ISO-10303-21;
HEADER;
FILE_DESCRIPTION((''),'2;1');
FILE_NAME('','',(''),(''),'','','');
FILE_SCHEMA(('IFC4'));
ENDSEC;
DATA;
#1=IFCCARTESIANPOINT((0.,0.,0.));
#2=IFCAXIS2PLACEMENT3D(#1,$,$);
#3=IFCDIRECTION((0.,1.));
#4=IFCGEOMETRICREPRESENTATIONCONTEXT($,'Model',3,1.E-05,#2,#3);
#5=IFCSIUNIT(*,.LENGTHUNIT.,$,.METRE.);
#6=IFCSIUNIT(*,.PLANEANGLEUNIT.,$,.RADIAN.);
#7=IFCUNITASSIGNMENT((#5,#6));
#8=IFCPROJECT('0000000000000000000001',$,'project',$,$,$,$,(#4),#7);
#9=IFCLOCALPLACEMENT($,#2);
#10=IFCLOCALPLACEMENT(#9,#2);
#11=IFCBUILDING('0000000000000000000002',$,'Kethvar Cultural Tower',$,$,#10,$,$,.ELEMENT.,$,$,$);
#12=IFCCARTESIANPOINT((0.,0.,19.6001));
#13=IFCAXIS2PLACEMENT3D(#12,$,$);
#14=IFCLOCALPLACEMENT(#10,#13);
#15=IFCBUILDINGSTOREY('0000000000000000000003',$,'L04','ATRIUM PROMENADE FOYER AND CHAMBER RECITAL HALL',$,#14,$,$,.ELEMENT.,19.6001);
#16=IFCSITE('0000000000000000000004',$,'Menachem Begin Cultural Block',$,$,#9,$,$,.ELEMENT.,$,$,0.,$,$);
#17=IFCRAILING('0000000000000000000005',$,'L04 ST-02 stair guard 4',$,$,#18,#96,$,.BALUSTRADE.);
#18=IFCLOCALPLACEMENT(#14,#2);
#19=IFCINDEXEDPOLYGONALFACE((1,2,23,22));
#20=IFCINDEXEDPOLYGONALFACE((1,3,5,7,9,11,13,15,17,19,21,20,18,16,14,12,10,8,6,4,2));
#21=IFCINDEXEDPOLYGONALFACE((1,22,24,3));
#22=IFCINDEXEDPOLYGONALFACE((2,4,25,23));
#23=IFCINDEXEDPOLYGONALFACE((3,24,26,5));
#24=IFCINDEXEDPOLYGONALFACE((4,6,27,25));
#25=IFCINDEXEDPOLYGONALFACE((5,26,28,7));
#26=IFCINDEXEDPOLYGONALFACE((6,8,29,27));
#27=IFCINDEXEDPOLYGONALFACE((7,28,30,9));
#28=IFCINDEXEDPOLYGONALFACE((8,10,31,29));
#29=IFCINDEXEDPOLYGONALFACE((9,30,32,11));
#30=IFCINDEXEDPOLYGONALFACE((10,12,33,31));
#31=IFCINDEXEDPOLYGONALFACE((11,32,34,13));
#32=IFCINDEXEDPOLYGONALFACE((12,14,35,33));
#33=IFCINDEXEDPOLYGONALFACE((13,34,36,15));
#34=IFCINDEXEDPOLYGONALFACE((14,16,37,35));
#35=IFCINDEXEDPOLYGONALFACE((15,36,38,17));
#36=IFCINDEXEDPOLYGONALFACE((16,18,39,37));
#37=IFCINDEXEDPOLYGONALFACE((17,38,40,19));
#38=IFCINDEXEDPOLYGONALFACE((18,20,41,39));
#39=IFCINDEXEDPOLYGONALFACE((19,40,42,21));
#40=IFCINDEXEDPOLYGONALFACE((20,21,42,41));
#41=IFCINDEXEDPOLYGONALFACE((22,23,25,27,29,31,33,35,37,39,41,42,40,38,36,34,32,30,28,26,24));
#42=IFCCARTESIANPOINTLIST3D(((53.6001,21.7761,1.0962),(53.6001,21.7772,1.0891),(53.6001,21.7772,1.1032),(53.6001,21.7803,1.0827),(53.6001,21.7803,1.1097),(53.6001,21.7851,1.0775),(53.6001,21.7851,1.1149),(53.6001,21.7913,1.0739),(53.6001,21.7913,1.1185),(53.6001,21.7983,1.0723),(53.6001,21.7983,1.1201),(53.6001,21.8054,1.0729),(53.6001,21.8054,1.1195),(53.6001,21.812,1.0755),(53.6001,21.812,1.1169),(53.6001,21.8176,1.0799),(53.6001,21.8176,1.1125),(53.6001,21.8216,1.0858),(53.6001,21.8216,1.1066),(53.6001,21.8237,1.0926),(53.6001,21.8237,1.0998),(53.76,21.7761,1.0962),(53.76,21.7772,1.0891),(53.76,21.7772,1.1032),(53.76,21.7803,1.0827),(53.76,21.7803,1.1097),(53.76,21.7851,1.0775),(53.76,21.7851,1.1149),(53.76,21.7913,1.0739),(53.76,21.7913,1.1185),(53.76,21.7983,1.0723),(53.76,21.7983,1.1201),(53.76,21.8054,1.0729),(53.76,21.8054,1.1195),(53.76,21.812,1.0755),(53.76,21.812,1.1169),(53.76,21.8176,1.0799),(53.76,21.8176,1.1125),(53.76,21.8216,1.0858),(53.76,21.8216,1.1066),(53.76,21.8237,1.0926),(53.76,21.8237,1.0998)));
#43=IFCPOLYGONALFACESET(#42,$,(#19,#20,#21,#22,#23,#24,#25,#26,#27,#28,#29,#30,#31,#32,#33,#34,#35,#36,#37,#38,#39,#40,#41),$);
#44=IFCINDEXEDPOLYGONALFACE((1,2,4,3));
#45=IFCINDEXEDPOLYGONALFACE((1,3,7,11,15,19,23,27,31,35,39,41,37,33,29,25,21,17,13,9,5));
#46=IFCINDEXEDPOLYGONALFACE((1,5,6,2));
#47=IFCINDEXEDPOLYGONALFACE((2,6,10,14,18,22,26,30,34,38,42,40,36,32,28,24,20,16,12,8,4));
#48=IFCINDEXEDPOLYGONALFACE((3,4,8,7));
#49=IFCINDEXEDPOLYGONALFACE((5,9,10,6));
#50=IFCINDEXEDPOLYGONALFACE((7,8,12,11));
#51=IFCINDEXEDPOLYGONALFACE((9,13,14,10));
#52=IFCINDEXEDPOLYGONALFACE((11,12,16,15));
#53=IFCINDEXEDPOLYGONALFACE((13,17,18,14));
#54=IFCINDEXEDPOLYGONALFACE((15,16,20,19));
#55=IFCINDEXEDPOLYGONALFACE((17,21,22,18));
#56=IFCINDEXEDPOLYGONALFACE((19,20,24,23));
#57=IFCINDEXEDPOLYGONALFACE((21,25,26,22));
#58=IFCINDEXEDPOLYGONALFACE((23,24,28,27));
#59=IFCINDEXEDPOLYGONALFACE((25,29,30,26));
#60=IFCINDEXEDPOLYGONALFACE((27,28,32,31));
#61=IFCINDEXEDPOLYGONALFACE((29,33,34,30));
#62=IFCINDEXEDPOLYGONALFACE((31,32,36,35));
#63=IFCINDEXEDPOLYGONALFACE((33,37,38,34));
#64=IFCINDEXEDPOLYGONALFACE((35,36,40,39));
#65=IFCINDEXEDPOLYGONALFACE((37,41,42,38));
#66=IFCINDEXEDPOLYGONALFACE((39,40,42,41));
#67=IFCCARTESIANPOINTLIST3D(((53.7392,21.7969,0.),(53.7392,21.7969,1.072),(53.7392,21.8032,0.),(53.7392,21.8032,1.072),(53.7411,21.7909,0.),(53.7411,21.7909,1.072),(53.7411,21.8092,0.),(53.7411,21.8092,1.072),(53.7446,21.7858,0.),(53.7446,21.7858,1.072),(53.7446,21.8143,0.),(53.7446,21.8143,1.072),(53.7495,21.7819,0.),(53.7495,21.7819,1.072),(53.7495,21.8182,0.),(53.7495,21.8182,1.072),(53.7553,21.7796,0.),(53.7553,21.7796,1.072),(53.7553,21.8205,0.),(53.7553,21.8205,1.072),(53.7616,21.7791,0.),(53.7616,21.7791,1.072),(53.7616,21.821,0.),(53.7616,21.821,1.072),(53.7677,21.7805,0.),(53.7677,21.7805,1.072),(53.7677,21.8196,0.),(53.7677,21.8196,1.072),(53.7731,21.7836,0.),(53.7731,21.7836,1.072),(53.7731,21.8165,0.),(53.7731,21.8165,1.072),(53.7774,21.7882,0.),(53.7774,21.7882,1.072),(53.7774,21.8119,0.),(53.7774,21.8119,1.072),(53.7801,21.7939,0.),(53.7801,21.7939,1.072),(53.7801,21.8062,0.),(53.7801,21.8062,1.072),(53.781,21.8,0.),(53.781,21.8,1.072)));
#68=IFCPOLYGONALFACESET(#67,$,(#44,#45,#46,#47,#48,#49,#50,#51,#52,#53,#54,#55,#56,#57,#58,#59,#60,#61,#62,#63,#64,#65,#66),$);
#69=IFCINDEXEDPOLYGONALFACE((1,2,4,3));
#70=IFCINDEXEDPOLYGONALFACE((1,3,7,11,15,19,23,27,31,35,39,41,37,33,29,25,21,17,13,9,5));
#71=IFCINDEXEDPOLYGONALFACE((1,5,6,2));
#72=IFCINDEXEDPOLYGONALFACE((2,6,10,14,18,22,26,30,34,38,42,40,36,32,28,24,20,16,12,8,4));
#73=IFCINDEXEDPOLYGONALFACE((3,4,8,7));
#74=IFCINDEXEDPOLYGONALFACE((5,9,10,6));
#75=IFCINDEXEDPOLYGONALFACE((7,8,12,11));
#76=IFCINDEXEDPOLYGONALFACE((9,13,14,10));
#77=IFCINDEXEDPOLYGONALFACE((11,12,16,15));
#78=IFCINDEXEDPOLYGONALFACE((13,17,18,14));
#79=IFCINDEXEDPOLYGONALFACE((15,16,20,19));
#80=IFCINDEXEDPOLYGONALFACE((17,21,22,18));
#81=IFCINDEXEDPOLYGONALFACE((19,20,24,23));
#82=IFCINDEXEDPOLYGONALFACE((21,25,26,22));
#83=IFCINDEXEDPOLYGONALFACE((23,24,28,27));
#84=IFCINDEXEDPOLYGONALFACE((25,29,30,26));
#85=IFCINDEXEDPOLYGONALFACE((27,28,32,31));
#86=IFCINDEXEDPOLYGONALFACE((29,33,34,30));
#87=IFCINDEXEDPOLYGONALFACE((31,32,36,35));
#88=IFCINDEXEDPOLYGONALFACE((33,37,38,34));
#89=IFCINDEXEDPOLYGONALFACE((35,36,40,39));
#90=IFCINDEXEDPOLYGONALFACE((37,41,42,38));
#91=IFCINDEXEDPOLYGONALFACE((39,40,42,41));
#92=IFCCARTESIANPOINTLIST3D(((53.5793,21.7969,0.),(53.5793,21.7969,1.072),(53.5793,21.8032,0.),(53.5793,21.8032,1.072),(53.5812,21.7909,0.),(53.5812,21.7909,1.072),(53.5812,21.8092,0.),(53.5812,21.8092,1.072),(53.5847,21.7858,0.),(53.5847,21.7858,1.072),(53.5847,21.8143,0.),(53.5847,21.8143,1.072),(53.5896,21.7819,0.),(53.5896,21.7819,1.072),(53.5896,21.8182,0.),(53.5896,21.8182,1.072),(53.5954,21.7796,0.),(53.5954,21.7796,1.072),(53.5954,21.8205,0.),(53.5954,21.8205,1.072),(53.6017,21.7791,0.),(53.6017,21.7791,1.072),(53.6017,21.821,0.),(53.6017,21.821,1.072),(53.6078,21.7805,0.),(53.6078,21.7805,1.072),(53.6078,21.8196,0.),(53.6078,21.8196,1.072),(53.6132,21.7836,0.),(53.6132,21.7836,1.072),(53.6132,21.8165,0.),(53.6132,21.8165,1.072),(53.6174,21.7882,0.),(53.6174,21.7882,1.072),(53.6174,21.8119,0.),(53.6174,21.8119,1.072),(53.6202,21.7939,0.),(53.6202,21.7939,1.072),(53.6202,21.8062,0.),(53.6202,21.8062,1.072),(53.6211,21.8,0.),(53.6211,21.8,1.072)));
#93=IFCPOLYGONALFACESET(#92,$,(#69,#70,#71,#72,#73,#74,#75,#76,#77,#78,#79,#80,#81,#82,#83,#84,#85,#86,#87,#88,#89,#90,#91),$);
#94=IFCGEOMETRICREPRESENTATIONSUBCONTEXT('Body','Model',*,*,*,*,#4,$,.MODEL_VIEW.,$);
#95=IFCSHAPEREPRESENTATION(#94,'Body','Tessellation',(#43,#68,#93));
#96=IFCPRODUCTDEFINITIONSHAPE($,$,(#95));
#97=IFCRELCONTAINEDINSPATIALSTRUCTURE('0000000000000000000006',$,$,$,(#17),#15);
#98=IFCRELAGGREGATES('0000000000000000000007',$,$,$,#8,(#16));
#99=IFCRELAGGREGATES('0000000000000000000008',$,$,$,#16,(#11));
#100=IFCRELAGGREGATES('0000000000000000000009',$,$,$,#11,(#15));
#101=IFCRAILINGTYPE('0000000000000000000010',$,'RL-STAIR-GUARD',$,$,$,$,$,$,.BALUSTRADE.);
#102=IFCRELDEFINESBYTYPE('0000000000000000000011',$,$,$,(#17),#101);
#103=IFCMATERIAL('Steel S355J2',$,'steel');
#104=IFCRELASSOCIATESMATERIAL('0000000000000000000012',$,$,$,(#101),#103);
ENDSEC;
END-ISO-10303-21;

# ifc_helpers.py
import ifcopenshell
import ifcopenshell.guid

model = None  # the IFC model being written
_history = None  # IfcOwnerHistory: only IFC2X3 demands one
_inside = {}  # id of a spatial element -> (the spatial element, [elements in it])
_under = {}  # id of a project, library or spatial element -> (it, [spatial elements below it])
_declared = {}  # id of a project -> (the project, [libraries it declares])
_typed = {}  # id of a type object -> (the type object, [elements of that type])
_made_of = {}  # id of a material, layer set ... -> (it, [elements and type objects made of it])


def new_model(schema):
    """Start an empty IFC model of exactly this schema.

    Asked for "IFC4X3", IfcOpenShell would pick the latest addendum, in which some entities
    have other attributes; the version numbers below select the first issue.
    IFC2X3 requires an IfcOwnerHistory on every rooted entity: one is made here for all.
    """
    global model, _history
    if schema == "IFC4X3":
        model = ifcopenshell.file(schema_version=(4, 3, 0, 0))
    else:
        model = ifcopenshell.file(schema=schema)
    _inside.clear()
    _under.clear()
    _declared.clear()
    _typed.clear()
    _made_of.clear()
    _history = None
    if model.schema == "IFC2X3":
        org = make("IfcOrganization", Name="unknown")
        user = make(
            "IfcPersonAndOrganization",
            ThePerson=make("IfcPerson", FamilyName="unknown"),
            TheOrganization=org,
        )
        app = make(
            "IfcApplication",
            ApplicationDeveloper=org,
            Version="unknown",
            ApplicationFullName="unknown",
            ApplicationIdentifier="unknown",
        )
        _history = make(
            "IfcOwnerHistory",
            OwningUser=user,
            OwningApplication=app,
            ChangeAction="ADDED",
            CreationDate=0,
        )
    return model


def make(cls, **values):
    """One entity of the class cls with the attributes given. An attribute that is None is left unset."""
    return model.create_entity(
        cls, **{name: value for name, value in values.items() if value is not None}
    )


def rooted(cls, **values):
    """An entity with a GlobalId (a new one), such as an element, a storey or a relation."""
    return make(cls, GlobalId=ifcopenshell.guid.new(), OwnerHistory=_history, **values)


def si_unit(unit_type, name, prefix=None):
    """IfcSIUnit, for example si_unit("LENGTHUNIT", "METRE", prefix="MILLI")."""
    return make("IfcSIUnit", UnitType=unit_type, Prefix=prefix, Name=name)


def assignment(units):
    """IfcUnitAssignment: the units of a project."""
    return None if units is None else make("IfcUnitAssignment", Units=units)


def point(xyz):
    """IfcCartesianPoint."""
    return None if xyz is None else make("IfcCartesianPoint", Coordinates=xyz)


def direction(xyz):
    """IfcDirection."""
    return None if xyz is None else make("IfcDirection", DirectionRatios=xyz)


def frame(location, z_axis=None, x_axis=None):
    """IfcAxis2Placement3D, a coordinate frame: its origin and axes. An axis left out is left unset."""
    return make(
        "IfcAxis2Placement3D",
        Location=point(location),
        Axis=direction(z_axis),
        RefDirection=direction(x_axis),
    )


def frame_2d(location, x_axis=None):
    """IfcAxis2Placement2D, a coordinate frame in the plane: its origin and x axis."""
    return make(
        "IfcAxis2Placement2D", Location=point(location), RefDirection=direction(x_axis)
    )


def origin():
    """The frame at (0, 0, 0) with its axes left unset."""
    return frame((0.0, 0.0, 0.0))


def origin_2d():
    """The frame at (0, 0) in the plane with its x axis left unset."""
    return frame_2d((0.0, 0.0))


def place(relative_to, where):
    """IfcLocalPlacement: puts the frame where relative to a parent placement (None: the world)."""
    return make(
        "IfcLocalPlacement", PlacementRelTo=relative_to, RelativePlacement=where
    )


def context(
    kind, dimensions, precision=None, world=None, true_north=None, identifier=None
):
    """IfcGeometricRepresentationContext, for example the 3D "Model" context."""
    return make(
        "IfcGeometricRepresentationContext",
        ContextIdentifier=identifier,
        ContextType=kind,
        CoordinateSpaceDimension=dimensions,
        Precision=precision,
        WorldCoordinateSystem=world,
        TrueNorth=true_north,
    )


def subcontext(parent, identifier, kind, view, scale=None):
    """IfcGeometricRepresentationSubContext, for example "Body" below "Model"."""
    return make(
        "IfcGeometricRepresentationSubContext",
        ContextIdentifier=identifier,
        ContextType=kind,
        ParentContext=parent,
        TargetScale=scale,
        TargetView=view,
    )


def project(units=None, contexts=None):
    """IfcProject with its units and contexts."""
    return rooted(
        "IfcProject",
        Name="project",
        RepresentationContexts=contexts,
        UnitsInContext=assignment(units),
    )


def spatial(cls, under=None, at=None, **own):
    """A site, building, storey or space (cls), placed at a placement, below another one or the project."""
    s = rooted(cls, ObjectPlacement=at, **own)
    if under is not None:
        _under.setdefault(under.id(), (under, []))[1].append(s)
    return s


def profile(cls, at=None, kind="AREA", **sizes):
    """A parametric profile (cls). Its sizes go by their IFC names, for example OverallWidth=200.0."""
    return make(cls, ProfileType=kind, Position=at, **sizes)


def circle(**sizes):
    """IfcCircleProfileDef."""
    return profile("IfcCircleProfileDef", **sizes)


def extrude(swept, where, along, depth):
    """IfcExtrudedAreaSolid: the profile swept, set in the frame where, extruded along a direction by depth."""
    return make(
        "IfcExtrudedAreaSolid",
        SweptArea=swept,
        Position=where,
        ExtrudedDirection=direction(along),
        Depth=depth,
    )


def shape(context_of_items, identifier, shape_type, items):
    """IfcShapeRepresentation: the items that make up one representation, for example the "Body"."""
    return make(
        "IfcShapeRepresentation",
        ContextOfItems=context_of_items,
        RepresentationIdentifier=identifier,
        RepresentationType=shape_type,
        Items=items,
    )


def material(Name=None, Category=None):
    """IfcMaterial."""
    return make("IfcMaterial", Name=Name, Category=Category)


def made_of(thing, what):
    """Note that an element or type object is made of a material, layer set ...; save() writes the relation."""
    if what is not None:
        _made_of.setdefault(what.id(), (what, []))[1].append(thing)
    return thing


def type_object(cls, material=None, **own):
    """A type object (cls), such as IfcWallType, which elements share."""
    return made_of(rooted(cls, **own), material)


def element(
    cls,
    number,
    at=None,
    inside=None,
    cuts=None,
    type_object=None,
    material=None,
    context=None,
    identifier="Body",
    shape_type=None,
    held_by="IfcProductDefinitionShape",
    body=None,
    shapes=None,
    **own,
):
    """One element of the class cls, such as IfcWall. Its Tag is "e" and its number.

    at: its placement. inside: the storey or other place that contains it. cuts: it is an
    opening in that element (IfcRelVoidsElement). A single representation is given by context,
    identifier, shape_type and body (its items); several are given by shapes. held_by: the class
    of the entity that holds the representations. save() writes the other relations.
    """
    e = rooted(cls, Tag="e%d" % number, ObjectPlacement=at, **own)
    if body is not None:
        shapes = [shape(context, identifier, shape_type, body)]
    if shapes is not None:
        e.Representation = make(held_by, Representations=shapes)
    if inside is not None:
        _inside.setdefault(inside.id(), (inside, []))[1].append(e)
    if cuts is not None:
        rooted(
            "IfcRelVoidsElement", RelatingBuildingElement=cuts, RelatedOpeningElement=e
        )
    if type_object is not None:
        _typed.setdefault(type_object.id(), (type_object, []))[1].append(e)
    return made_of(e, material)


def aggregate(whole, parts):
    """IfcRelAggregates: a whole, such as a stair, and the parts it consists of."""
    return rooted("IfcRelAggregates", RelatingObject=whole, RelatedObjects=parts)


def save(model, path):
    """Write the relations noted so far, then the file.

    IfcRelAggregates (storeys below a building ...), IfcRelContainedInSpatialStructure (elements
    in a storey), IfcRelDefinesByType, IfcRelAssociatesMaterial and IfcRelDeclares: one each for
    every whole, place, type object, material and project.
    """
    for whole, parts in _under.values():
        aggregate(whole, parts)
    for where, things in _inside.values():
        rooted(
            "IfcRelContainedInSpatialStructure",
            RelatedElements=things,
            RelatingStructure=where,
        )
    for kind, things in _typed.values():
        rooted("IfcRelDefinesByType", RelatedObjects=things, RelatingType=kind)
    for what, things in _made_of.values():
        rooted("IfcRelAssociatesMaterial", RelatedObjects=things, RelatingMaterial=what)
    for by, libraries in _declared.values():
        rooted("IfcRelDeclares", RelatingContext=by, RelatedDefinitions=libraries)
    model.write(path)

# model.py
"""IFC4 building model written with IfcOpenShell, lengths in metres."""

from ifc_helpers import new_model, si_unit, direction, frame, origin, origin_2d, place, context, subcontext, project, spatial, circle, extrude, material, type_object, element, save


model = new_model("IFC4")

# Units and contexts
model_context = context("Model", 3, precision=1e-05, world=origin(), true_north=direction((0.0, 1.0)))
body_context = subcontext(model_context, "Body", "Model", "MODEL_VIEW")
ifc_project = project(units=[si_unit("LENGTHUNIT", "METRE"), si_unit("PLANEANGLEUNIT", "RADIAN")], contexts=[model_context])

# Site, building, storey
site_placement = place(None, origin())
site = spatial("IfcSite", under=ifc_project, at=site_placement, Name="Menachem Begin Cultural Block", CompositionType="ELEMENT", RefElevation=0.0)
building_placement = place(site_placement, origin())
building = spatial("IfcBuilding", under=site, at=building_placement, Name="Kethvar Cultural Tower", CompositionType="ELEMENT")
storey_placement = place(building_placement, frame((0.0, 0.0, 19.6001)))
storey = spatial("IfcBuildingStorey", under=building, at=storey_placement, Name="L04", Description="ATRIUM PROMENADE FOYER AND CHAMBER RECITAL HALL", CompositionType="ELEMENT", Elevation=19.6001)

# Shared definitions
ifc_material_1 = material(Name="Steel S355J2", Category="steel")

# Railing
railing_type_1 = type_object("IfcRailingType", Name="RL-STAIR-GUARD", PredefinedType="BALUSTRADE", material=ifc_material_1)
railing_1_placement = place(storey_placement, frame((53.76, 21.8, 0.0)))
element("IfcRailing", 1, at=railing_1_placement, inside=storey, type_object=railing_type_1, Name="L04 ST-02 stair guard 4", PredefinedType="BALUSTRADE", context=body_context, shape_type="SweptSolid", body=[
    extrude(circle(Radius=0.0239, at=origin_2d()), frame((0.0, 0.0, 1.0962), z_axis=(-1.0, 0.0, 0.0), x_axis=(0.0, -1.0, 0.0)), (0.0, 0.0, 1.0), 0.1599),
    extrude(circle(Radius=0.021, at=origin_2d()), origin(), (0.0, 0.0, 1.0), 1.072),
    extrude(circle(Radius=0.021, at=origin_2d()), frame((-0.1599, 0.0, 0.0)), (0.0, 0.0, 1.0), 1.072),
])

save(model, "model.ifc")
